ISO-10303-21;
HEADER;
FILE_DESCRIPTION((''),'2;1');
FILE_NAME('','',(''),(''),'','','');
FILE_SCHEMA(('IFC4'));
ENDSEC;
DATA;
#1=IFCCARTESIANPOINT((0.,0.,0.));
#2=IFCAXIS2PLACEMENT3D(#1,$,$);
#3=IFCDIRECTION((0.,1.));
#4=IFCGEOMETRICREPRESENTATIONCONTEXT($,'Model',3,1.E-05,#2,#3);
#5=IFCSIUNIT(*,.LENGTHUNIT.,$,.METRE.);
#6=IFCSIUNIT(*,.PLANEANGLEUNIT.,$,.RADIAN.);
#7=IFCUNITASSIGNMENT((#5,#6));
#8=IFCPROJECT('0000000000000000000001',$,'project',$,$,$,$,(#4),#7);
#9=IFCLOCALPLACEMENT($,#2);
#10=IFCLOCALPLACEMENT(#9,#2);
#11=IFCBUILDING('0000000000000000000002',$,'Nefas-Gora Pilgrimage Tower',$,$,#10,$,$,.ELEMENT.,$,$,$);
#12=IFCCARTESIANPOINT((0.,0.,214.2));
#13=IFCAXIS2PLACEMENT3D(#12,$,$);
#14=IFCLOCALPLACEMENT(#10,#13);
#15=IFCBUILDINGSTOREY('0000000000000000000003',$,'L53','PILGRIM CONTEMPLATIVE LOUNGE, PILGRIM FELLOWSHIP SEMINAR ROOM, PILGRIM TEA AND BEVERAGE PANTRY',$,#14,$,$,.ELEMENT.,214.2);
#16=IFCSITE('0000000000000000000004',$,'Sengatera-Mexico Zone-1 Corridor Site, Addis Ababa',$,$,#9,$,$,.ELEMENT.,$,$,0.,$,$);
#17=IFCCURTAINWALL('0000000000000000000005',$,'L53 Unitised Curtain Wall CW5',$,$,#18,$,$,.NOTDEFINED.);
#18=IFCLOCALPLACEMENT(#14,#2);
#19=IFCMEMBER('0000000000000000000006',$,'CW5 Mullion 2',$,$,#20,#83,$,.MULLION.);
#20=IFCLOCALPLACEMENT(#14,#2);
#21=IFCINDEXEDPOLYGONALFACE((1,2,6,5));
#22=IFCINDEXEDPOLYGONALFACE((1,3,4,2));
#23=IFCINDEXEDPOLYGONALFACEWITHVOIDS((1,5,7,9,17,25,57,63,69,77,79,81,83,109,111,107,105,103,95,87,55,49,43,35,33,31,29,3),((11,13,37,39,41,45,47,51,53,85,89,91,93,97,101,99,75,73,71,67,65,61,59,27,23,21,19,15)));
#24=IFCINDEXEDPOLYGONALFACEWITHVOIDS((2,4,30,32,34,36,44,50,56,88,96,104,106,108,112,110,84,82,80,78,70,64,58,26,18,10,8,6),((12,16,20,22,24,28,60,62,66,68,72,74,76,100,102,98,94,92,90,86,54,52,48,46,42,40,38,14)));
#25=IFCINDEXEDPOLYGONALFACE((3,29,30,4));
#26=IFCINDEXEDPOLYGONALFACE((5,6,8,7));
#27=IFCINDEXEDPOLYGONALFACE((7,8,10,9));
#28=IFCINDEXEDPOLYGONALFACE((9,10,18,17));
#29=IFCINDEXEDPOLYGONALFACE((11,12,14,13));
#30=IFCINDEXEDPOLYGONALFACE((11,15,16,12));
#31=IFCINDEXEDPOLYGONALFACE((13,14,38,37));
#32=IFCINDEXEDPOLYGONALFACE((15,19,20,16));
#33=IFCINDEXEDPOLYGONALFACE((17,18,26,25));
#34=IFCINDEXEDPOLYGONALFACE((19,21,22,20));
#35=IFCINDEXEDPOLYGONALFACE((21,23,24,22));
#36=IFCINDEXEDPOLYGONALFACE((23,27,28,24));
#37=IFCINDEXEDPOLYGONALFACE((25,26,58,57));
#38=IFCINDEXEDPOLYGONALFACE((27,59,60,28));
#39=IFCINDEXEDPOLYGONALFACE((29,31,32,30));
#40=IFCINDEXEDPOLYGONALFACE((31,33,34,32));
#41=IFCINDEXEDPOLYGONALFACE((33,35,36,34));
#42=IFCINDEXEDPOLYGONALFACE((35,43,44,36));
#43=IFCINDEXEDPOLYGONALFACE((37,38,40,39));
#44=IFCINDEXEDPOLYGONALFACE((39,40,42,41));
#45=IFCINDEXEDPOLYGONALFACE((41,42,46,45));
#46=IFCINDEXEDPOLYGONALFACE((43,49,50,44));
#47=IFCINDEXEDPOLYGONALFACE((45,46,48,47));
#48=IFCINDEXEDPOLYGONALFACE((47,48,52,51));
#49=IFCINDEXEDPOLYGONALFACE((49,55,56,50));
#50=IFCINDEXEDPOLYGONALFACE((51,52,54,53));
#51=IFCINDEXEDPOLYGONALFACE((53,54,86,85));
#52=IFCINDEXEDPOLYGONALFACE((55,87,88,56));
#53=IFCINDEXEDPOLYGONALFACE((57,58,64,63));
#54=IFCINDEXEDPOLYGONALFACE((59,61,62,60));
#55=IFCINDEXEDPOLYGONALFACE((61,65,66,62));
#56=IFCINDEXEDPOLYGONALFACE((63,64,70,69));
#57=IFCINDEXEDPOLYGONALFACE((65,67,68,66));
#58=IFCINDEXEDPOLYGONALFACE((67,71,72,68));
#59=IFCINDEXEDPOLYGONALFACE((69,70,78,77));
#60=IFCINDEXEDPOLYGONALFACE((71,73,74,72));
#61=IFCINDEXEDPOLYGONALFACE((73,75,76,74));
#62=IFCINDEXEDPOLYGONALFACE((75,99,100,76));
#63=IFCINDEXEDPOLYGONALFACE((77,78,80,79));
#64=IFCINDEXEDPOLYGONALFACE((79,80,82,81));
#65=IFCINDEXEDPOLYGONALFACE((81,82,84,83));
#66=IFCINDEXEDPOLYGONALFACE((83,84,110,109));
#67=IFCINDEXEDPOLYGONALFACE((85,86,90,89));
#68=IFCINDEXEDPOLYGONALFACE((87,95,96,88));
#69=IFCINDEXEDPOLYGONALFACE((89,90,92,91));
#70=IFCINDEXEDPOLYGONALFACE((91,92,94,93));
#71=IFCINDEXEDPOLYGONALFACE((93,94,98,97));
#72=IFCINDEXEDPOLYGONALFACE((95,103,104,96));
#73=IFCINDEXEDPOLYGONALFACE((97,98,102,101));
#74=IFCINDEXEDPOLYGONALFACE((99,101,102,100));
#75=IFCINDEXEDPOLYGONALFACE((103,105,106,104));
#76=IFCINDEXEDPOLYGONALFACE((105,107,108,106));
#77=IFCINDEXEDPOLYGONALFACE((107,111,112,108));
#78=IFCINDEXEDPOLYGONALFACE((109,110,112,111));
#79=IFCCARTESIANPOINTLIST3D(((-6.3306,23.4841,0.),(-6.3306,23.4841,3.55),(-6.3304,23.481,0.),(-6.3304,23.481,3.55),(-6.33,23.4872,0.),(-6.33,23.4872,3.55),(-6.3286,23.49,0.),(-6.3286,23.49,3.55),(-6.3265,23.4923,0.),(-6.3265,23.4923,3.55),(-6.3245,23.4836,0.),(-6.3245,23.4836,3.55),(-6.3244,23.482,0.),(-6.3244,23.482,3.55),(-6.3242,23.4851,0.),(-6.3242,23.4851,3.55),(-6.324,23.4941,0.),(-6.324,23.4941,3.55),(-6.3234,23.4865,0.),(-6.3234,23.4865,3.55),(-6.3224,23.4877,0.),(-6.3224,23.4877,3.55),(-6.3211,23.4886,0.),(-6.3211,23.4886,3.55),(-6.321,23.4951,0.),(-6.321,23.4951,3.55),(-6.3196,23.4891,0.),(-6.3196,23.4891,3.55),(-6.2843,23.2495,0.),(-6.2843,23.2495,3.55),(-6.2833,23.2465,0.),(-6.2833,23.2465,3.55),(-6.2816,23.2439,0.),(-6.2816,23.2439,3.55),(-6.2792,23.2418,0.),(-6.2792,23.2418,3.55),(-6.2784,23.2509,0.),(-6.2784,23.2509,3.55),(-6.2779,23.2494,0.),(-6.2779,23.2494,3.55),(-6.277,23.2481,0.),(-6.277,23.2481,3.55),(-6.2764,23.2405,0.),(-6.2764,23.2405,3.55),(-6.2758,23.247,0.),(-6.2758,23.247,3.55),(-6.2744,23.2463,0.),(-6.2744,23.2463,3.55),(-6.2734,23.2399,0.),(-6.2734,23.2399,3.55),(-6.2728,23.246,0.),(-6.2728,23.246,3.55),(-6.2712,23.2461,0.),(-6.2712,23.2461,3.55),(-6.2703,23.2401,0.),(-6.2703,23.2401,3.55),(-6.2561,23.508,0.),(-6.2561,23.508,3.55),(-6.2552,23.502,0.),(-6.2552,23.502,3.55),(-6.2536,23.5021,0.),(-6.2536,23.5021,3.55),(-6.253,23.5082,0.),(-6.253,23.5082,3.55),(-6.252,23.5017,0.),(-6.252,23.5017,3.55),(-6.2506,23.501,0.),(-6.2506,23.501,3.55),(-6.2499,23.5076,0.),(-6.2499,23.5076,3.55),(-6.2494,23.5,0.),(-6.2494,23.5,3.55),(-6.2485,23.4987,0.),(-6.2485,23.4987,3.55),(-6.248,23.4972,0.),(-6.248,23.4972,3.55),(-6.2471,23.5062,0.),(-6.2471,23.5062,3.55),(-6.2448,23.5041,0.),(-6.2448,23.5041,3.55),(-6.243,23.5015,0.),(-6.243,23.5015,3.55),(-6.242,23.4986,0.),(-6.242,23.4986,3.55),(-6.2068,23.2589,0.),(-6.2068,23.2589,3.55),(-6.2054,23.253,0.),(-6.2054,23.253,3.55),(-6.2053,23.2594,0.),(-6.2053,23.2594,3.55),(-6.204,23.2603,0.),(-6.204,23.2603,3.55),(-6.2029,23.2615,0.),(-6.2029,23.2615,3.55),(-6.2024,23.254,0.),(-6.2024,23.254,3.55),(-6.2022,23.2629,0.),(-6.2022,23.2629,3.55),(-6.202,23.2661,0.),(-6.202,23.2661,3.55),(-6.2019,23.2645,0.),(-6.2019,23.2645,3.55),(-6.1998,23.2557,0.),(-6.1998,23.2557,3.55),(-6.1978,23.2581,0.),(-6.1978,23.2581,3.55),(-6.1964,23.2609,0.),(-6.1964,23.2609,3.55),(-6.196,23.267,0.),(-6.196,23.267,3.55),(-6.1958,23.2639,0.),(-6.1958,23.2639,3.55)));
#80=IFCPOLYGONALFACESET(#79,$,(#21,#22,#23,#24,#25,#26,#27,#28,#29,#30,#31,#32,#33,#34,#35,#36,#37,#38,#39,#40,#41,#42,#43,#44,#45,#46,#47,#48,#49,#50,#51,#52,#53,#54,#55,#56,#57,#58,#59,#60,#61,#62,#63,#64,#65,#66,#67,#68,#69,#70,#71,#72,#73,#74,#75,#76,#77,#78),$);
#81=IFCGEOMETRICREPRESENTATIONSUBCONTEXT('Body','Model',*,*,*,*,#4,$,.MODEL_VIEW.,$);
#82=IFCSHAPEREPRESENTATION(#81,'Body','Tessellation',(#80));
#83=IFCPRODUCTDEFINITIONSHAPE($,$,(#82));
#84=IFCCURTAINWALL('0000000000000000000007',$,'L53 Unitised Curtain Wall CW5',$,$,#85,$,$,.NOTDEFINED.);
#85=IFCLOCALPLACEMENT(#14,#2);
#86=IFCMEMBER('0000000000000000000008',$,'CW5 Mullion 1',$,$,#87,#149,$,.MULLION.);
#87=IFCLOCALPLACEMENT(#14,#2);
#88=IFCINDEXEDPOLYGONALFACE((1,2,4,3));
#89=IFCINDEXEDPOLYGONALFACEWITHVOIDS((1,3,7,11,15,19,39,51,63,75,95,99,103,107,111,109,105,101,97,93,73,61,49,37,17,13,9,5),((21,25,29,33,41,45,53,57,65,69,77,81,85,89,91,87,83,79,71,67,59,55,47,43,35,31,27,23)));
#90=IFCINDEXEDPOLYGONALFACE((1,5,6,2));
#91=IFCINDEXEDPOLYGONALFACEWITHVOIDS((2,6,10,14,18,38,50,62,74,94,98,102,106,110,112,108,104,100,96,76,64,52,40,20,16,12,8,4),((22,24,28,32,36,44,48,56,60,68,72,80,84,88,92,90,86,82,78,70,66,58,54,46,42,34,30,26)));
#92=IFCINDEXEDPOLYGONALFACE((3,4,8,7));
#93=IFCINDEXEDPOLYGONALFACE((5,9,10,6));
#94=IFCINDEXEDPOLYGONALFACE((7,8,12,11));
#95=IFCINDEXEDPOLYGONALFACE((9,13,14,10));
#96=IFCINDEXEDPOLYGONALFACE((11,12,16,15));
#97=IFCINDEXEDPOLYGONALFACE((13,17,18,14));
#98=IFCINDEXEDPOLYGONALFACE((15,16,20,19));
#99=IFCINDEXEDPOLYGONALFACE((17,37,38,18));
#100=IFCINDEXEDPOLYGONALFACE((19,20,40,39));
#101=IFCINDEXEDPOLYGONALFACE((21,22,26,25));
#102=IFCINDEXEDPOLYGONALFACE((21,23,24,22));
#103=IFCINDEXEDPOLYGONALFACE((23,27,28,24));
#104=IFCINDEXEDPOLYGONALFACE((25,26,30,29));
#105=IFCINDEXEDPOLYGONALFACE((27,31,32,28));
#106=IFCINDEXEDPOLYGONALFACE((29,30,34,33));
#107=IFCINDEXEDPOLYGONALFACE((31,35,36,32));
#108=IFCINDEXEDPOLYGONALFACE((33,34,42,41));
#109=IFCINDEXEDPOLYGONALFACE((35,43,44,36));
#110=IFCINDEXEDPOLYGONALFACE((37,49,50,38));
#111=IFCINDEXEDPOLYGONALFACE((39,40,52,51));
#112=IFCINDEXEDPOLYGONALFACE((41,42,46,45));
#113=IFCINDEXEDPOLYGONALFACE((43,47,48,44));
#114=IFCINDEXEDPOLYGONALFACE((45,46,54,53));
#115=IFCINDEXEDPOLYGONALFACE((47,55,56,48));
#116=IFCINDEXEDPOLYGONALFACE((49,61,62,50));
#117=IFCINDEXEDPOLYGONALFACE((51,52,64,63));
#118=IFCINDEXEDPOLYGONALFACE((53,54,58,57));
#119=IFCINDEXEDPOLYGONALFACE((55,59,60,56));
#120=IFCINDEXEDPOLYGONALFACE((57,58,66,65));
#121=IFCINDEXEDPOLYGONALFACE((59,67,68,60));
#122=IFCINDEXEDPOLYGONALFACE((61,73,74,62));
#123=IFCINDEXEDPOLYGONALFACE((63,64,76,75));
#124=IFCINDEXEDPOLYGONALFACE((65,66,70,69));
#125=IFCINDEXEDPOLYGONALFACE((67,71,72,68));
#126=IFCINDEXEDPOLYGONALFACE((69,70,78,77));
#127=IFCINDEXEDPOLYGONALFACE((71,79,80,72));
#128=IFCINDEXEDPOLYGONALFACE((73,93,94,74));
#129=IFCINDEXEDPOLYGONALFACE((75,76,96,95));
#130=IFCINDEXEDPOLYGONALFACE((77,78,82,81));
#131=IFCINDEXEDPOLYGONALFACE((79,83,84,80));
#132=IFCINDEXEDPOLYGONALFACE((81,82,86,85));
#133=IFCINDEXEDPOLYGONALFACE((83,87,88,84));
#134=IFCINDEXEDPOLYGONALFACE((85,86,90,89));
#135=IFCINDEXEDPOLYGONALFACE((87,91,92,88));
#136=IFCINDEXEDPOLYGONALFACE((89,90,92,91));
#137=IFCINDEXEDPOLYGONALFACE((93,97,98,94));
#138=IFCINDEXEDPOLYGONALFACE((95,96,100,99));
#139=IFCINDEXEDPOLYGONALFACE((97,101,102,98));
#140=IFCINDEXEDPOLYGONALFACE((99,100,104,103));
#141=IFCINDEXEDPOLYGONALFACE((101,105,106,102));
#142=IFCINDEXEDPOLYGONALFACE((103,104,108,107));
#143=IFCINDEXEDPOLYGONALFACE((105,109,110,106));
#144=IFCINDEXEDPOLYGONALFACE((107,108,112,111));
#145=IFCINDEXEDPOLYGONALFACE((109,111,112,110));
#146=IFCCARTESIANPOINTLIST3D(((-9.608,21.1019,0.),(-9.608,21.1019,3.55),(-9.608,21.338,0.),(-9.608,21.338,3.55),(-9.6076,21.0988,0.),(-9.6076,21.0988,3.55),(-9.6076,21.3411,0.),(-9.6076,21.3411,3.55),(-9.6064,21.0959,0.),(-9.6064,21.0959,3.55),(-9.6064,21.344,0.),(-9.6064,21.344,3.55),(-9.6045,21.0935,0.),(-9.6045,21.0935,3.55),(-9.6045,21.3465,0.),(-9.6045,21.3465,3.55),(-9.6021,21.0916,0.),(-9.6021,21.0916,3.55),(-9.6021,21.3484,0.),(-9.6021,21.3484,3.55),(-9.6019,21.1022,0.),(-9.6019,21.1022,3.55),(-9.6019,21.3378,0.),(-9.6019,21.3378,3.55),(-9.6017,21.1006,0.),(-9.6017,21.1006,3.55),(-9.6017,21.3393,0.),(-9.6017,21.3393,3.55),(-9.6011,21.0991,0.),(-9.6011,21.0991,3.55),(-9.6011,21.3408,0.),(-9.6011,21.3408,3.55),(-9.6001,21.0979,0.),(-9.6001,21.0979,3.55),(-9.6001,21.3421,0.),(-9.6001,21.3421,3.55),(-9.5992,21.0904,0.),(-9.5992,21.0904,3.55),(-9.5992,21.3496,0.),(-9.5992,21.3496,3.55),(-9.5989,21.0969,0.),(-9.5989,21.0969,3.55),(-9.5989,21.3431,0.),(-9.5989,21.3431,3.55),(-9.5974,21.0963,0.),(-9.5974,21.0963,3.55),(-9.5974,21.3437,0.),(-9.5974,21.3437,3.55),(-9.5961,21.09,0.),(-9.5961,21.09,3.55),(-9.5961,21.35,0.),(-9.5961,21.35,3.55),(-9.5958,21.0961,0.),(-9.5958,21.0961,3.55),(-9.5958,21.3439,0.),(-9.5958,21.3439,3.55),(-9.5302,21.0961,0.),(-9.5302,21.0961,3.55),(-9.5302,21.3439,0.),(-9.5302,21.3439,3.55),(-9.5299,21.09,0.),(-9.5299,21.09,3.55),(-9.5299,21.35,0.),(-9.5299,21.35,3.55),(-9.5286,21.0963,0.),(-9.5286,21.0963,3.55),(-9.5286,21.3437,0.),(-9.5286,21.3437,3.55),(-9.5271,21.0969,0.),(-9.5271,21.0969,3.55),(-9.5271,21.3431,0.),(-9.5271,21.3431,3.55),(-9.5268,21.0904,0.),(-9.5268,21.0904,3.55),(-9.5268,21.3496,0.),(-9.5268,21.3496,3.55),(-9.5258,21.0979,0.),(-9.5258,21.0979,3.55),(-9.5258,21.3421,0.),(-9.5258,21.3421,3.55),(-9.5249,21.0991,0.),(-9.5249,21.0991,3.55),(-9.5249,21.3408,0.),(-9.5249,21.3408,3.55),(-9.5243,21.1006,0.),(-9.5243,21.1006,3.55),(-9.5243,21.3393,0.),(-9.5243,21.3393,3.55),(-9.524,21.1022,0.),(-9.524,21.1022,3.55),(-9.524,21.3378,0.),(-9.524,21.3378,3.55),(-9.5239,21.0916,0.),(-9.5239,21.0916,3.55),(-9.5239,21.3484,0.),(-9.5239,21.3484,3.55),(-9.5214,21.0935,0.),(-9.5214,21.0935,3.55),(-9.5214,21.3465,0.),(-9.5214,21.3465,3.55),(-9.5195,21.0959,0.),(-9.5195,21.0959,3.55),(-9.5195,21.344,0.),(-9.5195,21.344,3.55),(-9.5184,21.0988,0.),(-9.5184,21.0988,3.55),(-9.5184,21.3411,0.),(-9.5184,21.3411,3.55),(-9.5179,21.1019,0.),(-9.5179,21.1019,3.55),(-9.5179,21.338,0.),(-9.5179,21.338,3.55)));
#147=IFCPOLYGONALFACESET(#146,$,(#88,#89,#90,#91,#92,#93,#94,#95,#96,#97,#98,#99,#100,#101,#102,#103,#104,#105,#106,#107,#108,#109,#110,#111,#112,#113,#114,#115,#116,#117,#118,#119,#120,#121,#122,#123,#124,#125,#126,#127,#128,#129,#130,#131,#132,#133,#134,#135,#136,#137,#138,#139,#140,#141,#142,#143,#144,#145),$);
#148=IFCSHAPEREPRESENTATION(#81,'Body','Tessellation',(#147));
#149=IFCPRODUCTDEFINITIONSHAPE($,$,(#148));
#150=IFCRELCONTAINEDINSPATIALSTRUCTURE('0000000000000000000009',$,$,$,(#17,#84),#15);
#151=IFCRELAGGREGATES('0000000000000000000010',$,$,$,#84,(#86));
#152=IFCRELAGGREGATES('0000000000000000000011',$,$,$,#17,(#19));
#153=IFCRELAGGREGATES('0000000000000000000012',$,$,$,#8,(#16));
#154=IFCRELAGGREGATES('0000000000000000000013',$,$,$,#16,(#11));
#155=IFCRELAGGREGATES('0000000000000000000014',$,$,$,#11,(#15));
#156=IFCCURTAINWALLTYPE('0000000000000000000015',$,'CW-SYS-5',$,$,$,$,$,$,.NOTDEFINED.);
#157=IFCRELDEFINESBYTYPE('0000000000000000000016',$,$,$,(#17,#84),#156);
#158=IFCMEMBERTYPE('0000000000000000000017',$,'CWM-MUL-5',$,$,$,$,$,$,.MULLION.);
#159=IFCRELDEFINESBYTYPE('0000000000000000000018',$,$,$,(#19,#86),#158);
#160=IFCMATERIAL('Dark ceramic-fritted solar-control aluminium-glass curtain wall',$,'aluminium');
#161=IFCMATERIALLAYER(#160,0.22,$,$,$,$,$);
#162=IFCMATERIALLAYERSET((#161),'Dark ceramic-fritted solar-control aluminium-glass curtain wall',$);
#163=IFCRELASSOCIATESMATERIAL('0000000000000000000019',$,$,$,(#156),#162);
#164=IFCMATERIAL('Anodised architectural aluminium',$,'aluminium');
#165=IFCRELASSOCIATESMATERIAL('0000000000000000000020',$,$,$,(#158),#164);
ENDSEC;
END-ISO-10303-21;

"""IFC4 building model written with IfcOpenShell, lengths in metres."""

from ifc_helpers import new_model, si_unit, direction, frame, origin, origin_2d, place, context, subcontext, project, spatial, hollow_rectangle, extrude, source, transform, mapped, material, layer, layer_set, material_profile, profile_set, type_object, element, aggregate, save


model = new_model("IFC4")

# Units and contexts
model_context = context("Model", 3, precision=1e-05, world=origin(), true_north=direction((0.0, 1.0)))
body_context = subcontext(model_context, "Body", "Model", "MODEL_VIEW")
ifc_project = project(units=[si_unit("LENGTHUNIT", "METRE"), si_unit("PLANEANGLEUNIT", "RADIAN")], contexts=[model_context])

# Site, building, storey
site_placement = place(None, origin())
site = spatial("IfcSite", under=ifc_project, at=site_placement, Name="Sengatera-Mexico Zone-1 Corridor Site, Addis Ababa", CompositionType="ELEMENT", RefElevation=0.0)
building_placement = place(site_placement, origin())
building = spatial("IfcBuilding", under=site, at=building_placement, Name="Nefas-Gora Pilgrimage Tower", CompositionType="ELEMENT")
storey_placement = place(building_placement, frame((0.0, 0.0, 214.2)))
storey = spatial("IfcBuildingStorey", under=building, at=storey_placement, Name="L53", Description="PILGRIM CONTEMPLATIVE LOUNGE, PILGRIM FELLOWSHIP SEMINAR ROOM, PILGRIM TEA AND BEVERAGE PANTRY", CompositionType="ELEMENT", Elevation=214.2)

# Shared definitions
ifc_material_1 = material(Name="Dark ceramic-fritted solar-control aluminium-glass curtain wall", Category="aluminium")
ifc_layer_1 = layer(ifc_material_1, 0.22)
ifc_layer_set_1 = layer_set([ifc_layer_1], Name="Dark ceramic-fritted solar-control aluminium-glass curtain wall")
curtain_wall_type = type_object("IfcCurtainWallType", Name="CW-SYS-5", PredefinedType="NOTDEFINED", material=ifc_layer_set_1)
ifc_material_2 = material(Name="Anodised architectural aluminium", Category="aluminium")
ifc_material_profile_1 = material_profile(ifc_material_2, hollow_rectangle(XDim=0.0901, YDim=0.26, WallThickness=0.0061, InnerFilletRadius=0.0061, OuterFilletRadius=0.012, at=origin_2d()), Name="ALU MULLION 90x260")
ifc_profile_set_1 = profile_set([ifc_material_profile_1], Name="Anodised architectural aluminium")
member_type_1 = type_object("IfcMemberType", Name="CWM-MUL-5", PredefinedType="MULLION", material=ifc_profile_set_1)
shared_shape_1 = source(origin(), body_context, "Body", "SweptSolid", [
    extrude(hollow_rectangle(XDim=0.0901, YDim=0.26, WallThickness=0.0061, InnerFilletRadius=0.0061, OuterFilletRadius=0.012, at=origin_2d()), origin(), (0.0, 0.0, 1.0), 3.55),
])

# Curtain wall, member
curtain_wall_1_placement = place(storey_placement, origin())
curtain_wall_1 = element("IfcCurtainWall", 1, at=curtain_wall_1_placement, inside=storey, type_object=curtain_wall_type, Name="L53 Unitised Curtain Wall CW5", PredefinedType="NOTDEFINED")
member_1_placement = place(storey_placement, frame((-6.2632, 23.374, 0.0), z_axis=(0.0, 0.0, 1.0), x_axis=(-0.980783, -0.195102, 0.0)))
member_1 = element("IfcMember", 2, at=member_1_placement, type_object=member_type_1, Name="CW5 Mullion 2", PredefinedType="MULLION", context=body_context, shape_type="MappedRepresentation", body=[
    mapped(shared_shape_1, transform((0.0, 0.0, 0.0), x_axis=(1.0, 0.0, 0.0), y_axis=(0.0, 1.0, 0.0), z_axis=(0.0, 0.0, 1.0), scale=1.0)),
])

# Curtain wall, member
curtain_wall_2_placement = place(storey_placement, origin())
curtain_wall_2 = element("IfcCurtainWall", 3, at=curtain_wall_2_placement, inside=storey, type_object=curtain_wall_type, Name="L53 Unitised Curtain Wall CW5", PredefinedType="NOTDEFINED")
member_2_placement = place(storey_placement, frame((-9.563, 21.22, 0.0), z_axis=(0.0, 0.0, 1.0), x_axis=(-1.0, 0.0, 0.0)))
member_2 = element("IfcMember", 4, at=member_2_placement, type_object=member_type_1, Name="CW5 Mullion 1", PredefinedType="MULLION", context=body_context, shape_type="MappedRepresentation", body=[
    mapped(shared_shape_1, transform((0.0, 0.0, 0.0), x_axis=(1.0, 0.0, 0.0), y_axis=(0.0, 1.0, 0.0), z_axis=(0.0, 0.0, 1.0), scale=1.0)),
])
aggregate(curtain_wall_2, [member_2])

aggregate(curtain_wall_1, [member_1])

save(model, "model.ifc")
